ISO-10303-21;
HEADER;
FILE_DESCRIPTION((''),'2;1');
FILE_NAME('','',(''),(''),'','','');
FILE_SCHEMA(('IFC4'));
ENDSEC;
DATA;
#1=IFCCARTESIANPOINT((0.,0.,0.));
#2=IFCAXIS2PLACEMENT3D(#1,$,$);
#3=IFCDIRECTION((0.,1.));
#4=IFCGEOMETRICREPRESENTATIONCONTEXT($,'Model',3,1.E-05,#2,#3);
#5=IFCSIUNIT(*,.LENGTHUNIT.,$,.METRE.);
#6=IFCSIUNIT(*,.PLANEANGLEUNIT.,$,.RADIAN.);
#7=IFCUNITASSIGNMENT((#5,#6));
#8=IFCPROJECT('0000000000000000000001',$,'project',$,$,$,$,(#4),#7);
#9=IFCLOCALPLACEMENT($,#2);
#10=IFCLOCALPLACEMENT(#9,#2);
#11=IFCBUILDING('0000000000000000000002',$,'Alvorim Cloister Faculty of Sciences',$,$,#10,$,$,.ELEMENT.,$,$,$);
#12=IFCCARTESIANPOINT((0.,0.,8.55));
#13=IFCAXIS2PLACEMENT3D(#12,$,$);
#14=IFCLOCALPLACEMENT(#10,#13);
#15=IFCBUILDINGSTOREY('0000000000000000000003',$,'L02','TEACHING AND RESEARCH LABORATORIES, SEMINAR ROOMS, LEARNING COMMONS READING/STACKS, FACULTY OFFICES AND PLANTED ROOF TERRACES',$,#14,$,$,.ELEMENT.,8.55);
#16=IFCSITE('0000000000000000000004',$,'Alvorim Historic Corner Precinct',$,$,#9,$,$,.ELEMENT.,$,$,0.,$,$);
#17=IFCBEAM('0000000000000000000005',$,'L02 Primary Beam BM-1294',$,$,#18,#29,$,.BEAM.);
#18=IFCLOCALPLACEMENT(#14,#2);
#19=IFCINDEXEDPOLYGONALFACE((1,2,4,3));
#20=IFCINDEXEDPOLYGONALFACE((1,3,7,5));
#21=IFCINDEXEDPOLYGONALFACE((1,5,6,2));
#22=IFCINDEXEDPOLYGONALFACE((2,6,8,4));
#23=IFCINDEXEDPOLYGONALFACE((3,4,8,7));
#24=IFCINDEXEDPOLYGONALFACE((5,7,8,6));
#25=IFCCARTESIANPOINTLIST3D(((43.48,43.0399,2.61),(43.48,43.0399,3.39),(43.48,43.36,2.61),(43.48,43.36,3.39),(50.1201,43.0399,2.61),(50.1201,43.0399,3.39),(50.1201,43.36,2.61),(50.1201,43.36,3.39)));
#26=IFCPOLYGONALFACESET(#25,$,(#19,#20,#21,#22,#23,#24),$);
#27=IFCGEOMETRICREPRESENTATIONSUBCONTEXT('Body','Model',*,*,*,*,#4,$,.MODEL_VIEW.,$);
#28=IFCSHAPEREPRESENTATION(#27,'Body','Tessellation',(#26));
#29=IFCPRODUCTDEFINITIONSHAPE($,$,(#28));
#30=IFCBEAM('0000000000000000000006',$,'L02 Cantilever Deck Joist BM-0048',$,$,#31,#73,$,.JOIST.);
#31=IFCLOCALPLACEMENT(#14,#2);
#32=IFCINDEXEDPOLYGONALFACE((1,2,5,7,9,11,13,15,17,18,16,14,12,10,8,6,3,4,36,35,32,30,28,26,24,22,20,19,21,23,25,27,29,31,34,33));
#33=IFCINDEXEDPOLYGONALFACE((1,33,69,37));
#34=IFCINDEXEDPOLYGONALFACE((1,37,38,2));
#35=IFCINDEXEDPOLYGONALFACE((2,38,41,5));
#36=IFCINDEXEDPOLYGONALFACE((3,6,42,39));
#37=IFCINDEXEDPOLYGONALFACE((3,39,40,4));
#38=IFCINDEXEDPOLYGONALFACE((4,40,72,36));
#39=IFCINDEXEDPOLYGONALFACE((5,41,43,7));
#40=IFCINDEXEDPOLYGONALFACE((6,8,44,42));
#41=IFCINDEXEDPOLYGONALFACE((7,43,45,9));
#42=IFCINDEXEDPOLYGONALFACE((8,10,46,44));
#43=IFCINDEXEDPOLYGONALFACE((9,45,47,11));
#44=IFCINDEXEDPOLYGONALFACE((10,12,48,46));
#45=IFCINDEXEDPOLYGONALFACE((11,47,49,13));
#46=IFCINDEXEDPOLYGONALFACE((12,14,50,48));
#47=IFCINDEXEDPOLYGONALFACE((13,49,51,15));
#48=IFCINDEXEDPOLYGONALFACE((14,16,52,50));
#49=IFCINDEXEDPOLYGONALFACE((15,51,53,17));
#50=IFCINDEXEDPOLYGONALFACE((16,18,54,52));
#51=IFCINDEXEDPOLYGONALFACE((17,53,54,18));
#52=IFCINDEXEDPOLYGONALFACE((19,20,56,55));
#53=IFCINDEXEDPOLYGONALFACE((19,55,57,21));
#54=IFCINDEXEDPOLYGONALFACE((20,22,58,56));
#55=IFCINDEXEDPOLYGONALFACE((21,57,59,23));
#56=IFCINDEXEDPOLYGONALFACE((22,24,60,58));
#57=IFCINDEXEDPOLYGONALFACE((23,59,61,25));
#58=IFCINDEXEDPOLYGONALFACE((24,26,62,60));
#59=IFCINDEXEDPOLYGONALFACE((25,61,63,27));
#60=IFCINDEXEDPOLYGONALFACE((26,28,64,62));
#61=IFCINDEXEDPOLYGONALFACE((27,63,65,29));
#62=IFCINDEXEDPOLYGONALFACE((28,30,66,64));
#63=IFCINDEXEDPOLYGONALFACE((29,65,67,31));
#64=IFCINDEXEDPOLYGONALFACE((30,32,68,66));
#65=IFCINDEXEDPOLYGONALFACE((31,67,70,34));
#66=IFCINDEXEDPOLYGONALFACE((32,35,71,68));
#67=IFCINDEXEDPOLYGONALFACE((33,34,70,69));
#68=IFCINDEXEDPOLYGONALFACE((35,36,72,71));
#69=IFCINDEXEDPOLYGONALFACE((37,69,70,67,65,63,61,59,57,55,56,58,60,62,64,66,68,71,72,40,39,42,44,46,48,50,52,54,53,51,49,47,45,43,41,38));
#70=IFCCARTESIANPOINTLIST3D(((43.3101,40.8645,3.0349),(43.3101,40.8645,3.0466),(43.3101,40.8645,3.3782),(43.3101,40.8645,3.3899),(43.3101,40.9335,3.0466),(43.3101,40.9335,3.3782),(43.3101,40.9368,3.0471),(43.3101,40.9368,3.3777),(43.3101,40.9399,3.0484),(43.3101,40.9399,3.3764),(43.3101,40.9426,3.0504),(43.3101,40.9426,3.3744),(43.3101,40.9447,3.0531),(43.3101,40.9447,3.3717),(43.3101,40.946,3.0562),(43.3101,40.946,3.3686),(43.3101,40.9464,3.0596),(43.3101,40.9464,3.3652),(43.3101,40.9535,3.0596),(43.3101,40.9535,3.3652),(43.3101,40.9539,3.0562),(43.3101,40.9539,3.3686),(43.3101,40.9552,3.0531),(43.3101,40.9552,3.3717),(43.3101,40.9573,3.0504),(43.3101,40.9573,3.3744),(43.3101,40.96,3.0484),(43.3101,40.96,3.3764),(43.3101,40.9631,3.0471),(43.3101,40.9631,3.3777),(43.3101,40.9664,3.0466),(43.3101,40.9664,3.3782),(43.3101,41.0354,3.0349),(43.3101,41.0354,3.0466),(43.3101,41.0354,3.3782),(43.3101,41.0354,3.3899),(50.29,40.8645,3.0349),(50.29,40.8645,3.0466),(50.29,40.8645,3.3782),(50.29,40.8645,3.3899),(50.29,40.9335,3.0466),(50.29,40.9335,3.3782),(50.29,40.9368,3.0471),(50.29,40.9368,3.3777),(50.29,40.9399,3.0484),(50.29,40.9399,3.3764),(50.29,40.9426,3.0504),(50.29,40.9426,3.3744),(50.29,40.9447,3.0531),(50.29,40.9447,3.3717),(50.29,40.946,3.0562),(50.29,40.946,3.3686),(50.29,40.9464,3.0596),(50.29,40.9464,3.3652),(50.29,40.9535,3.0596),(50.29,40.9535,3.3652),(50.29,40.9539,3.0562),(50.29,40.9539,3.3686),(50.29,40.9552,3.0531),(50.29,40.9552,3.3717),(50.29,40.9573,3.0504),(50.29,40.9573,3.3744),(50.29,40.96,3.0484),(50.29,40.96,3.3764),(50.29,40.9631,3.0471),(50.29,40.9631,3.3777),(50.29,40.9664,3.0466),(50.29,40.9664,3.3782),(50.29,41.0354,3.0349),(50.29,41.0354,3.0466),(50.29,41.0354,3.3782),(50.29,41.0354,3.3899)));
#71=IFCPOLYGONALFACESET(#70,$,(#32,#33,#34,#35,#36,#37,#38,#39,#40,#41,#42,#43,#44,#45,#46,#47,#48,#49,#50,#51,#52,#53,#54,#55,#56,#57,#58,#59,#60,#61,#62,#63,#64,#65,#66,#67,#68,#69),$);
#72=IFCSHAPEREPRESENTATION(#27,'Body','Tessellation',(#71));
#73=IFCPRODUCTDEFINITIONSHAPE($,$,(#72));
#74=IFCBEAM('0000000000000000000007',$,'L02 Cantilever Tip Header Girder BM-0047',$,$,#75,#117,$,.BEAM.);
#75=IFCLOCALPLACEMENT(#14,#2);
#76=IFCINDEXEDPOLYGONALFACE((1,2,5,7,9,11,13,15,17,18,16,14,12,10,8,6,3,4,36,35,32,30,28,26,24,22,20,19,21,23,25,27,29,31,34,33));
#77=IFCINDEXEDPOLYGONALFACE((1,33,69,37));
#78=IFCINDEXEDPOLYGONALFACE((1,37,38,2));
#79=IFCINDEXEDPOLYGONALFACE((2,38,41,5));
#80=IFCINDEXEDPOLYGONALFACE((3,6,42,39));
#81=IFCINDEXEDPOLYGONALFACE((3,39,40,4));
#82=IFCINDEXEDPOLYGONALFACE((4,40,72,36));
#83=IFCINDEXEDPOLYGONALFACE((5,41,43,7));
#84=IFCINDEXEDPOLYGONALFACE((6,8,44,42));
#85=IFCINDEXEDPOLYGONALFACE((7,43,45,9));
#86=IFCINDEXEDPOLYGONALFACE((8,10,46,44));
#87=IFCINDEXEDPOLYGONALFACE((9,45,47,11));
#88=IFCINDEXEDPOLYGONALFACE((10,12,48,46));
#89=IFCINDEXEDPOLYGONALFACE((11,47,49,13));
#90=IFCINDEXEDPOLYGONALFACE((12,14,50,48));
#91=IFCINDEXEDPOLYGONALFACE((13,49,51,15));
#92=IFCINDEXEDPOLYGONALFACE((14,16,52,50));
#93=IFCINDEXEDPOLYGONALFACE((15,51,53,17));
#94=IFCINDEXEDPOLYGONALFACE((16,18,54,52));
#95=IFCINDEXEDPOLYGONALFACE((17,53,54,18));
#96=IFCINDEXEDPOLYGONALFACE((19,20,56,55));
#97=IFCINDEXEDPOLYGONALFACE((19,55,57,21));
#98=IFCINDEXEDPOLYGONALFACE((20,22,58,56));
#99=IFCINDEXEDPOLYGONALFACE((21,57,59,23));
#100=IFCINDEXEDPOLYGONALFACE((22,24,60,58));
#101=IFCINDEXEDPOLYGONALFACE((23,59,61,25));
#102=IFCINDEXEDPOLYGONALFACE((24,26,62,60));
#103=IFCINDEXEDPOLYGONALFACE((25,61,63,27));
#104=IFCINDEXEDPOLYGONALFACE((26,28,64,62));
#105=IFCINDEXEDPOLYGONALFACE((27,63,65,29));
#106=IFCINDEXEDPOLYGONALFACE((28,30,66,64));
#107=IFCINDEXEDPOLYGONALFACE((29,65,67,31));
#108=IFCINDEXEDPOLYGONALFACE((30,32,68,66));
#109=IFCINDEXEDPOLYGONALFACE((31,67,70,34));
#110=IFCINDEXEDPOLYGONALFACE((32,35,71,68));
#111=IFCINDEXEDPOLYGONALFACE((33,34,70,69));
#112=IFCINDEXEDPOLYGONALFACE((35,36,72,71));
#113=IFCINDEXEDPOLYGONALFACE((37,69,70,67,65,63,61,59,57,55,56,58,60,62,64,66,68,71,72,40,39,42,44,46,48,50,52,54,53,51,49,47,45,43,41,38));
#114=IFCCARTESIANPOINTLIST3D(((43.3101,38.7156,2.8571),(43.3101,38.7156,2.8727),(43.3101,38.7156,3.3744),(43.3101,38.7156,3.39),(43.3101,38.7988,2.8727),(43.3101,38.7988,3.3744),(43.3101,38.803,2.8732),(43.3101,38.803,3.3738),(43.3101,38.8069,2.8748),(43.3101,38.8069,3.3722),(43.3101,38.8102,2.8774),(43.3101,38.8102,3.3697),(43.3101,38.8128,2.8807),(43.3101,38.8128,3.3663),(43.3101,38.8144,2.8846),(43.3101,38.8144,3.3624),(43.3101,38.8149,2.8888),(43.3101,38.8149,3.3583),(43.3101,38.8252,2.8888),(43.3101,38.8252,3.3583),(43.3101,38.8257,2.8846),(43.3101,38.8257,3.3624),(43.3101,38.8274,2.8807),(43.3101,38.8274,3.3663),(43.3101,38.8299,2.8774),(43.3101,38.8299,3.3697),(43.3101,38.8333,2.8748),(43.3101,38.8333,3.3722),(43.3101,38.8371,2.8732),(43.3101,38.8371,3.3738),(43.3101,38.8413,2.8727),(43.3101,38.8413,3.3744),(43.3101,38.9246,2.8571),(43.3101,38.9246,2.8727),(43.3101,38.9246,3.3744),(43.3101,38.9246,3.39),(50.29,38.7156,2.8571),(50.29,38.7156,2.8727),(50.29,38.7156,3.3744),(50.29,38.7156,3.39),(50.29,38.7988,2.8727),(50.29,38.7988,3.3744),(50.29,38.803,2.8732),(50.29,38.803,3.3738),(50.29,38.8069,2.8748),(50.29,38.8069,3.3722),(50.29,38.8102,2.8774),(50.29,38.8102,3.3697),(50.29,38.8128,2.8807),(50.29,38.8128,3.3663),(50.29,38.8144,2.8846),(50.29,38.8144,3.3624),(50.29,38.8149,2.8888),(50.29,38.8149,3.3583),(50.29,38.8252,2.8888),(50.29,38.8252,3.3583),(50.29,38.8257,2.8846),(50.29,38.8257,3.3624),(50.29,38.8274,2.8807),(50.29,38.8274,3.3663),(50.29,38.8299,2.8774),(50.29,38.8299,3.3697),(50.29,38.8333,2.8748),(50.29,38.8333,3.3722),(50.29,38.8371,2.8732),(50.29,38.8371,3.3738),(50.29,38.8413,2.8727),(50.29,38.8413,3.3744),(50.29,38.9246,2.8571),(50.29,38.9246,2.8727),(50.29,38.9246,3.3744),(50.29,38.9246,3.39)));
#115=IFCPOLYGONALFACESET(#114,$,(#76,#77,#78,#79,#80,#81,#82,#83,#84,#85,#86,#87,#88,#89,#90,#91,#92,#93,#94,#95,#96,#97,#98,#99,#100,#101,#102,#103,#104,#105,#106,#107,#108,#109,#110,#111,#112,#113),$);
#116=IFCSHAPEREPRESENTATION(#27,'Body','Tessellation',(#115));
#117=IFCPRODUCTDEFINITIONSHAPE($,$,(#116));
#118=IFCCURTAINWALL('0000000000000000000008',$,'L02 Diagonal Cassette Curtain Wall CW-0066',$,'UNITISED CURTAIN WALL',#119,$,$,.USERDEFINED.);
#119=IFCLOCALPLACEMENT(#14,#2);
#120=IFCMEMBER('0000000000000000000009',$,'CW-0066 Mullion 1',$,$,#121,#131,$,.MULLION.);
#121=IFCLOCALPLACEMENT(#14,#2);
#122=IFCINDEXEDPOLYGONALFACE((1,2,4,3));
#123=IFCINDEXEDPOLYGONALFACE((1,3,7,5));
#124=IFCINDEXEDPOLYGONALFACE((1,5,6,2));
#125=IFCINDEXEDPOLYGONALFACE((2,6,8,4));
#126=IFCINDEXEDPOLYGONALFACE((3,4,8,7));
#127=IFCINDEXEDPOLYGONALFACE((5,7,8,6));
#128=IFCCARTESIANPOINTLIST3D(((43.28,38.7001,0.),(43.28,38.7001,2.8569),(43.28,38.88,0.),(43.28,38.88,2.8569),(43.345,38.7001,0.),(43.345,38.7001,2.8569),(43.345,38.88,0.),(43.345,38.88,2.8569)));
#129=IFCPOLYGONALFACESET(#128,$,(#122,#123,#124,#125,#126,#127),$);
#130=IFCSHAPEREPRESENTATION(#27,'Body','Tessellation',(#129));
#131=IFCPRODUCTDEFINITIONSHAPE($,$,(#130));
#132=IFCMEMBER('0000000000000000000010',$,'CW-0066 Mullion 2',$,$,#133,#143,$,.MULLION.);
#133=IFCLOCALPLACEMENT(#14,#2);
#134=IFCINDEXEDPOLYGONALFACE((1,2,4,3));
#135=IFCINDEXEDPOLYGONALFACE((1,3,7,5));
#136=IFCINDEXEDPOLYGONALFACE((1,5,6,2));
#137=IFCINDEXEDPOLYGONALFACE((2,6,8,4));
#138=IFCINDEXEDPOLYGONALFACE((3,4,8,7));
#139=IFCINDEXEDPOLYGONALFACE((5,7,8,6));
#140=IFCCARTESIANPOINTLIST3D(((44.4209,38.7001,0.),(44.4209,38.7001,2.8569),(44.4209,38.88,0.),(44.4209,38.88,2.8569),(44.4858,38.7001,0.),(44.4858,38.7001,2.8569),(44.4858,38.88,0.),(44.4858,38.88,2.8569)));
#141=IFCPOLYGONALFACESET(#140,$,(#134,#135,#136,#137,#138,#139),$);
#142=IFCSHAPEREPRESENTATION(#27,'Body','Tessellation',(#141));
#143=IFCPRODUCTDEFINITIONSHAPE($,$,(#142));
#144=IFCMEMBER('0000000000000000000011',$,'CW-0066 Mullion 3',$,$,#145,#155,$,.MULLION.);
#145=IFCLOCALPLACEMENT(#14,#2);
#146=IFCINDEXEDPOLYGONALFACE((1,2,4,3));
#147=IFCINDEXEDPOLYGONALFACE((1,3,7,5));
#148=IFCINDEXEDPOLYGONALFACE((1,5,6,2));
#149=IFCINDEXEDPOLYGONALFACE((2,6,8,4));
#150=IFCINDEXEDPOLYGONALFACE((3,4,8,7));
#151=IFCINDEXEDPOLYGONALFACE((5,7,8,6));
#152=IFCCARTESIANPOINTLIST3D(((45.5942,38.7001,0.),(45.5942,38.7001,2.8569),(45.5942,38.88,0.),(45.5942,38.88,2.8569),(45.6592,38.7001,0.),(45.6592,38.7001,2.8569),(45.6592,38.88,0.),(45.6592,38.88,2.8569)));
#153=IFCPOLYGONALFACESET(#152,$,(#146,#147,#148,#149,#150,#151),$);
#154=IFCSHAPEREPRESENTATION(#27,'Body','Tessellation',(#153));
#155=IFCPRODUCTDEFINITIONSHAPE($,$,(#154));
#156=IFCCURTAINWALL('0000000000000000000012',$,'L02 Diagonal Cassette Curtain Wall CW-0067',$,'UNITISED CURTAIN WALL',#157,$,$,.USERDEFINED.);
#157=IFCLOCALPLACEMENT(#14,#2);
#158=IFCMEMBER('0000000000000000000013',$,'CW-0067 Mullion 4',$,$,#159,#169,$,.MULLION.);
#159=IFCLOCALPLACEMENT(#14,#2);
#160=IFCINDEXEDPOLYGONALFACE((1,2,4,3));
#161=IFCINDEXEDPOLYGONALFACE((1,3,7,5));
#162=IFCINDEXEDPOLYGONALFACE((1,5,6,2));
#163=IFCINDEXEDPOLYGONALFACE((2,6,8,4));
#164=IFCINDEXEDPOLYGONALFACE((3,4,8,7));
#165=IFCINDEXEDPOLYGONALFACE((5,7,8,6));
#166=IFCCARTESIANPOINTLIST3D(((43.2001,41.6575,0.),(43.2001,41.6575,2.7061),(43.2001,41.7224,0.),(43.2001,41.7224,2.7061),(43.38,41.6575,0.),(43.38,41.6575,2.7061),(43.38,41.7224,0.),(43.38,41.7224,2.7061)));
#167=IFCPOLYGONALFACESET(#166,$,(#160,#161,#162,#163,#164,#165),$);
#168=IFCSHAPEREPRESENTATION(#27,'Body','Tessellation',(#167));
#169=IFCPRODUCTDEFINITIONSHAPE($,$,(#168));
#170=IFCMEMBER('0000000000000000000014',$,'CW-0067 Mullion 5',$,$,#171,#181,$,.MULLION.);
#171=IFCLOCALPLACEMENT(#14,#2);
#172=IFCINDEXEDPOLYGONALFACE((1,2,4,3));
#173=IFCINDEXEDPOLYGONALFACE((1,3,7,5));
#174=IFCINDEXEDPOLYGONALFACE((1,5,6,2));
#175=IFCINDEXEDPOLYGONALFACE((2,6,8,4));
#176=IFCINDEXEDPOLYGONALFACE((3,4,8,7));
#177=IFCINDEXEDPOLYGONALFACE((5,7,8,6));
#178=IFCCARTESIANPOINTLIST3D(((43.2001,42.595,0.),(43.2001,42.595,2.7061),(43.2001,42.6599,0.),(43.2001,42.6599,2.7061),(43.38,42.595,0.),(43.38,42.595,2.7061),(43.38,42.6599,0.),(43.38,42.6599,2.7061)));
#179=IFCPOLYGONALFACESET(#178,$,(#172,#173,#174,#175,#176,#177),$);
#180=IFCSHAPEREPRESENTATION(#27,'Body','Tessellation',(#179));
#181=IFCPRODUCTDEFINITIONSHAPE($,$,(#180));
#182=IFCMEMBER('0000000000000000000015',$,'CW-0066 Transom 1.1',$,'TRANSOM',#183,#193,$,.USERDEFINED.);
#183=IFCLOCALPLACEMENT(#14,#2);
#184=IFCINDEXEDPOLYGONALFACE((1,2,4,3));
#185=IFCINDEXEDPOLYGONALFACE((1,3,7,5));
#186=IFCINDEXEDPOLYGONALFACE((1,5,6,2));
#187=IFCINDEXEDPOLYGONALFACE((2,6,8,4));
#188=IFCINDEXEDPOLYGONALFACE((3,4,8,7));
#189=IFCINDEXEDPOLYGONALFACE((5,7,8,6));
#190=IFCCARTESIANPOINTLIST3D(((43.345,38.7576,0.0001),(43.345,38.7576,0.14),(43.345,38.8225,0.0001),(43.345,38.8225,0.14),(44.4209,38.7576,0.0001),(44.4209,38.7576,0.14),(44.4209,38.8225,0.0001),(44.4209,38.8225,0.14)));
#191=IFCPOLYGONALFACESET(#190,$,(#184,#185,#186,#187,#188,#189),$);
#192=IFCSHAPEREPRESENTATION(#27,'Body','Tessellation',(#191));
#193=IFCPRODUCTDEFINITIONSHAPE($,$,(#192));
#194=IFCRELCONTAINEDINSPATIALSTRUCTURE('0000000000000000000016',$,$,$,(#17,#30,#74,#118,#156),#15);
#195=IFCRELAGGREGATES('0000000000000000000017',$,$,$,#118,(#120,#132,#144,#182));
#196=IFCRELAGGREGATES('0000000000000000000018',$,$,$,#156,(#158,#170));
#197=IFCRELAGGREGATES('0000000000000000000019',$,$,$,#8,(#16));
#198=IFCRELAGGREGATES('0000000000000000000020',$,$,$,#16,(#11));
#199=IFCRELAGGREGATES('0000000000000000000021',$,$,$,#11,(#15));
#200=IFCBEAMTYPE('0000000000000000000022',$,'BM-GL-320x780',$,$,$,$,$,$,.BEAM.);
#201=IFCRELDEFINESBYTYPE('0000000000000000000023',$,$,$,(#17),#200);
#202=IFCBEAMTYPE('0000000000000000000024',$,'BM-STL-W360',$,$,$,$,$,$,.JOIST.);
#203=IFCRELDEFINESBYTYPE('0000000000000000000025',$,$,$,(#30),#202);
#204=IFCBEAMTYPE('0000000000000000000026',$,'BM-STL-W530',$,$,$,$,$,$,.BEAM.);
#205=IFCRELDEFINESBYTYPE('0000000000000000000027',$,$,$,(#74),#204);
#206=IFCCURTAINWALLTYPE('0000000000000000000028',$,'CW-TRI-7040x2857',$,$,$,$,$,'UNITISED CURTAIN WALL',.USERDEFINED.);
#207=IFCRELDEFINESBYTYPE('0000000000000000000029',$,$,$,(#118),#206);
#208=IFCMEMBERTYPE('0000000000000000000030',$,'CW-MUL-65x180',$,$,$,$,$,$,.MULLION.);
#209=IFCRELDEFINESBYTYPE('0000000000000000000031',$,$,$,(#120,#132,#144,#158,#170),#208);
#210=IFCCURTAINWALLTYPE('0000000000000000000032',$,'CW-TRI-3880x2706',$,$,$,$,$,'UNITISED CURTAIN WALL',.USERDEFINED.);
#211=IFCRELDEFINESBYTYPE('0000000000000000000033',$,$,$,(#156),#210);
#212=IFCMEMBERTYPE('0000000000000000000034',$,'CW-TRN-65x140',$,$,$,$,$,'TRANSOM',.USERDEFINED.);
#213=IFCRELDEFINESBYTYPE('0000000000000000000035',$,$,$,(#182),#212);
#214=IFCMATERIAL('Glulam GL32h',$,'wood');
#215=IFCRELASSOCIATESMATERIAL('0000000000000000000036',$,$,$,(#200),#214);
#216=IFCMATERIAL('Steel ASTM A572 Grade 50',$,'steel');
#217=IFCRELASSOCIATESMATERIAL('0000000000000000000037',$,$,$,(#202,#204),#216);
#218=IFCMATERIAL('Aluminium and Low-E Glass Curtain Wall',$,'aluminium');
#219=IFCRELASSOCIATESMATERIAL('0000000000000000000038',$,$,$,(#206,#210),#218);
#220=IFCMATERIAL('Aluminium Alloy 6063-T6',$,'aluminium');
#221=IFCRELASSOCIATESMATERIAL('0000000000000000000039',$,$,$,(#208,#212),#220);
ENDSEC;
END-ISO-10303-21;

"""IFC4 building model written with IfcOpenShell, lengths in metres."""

from ifc_helpers import new_model, si_unit, direction, frame, origin, origin_2d, place, context, subcontext, project, spatial, rectangle, i_section, extrude, material, material_profile, profile_set, type_object, element, aggregate, save


model = new_model("IFC4")

# Units and contexts
model_context = context("Model", 3, precision=1e-05, world=origin(), true_north=direction((0.0, 1.0)))
body_context = subcontext(model_context, "Body", "Model", "MODEL_VIEW")
ifc_project = project(units=[si_unit("LENGTHUNIT", "METRE"), si_unit("PLANEANGLEUNIT", "RADIAN")], contexts=[model_context])

# Site, building, storey
site_placement = place(None, origin())
site = spatial("IfcSite", under=ifc_project, at=site_placement, Name="Alvorim Historic Corner Precinct", CompositionType="ELEMENT", RefElevation=0.0)
building_placement = place(site_placement, origin())
building = spatial("IfcBuilding", under=site, at=building_placement, Name="Alvorim Cloister Faculty of Sciences", CompositionType="ELEMENT")
storey_placement = place(building_placement, frame((0.0, 0.0, 8.55)))
storey = spatial("IfcBuildingStorey", under=building, at=storey_placement, Name="L02", Description="TEACHING AND RESEARCH LABORATORIES, SEMINAR ROOMS, LEARNING COMMONS READING/STACKS, FACULTY OFFICES AND PLANTED ROOF TERRACES", CompositionType="ELEMENT", Elevation=8.55)

# Beams
ifc_material_1 = material(Name="Glulam GL32h", Category="wood")
ifc_material_profile_1 = material_profile(ifc_material_1, rectangle(XDim=0.3201, YDim=0.78, at=origin_2d()), Name="GL32-BM-320x780")
ifc_profile_set_1 = profile_set([ifc_material_profile_1], Name="Glulam GL32h")
beam_type_1 = type_object("IfcBeamType", Name="BM-GL-320x780", PredefinedType="BEAM", material=ifc_profile_set_1)
beam_1_placement = place(storey_placement, frame((43.48, 43.2, 3.0), z_axis=(1.0, 0.0, 0.0), x_axis=(0.0, 1.0, 0.0)))
element("IfcBeam", 1, at=beam_1_placement, inside=storey, type_object=beam_type_1, Name="L02 Primary Beam BM-1294", PredefinedType="BEAM", context=body_context, shape_type="SweptSolid", body=[
    extrude(rectangle(XDim=0.3201, YDim=0.78, at=origin_2d()), origin(), (0.0, 0.0, 1.0), 6.6401),
])
ifc_material_2 = material(Name="Steel ASTM A572 Grade 50", Category="steel")
ifc_material_profile_2 = material_profile(ifc_material_2, i_section(OverallWidth=0.1709, OverallDepth=0.355, WebThickness=0.0071, FlangeThickness=0.0117, FilletRadius=0.0129, at=origin_2d()), Name="W360x51.0")
ifc_profile_set_2 = profile_set([ifc_material_profile_2], Name="Steel ASTM A572 Grade 50")
beam_type_2 = type_object("IfcBeamType", Name="BM-STL-W360", PredefinedType="JOIST", material=ifc_profile_set_2)
beam_2_placement = place(storey_placement, frame((43.3101, 40.95, 3.2124), z_axis=(1.0, 0.0, 0.0), x_axis=(0.0, 1.0, 0.0)))
element("IfcBeam", 2, at=beam_2_placement, inside=storey, type_object=beam_type_2, Name="L02 Cantilever Deck Joist BM-0048", PredefinedType="JOIST", context=body_context, shape_type="SweptSolid", body=[
    extrude(i_section(OverallWidth=0.1709, OverallDepth=0.355, WebThickness=0.0071, FlangeThickness=0.0117, FilletRadius=0.0129, at=origin_2d()), origin(), (0.0, 0.0, 1.0), 6.98),
])
ifc_material_profile_3 = material_profile(ifc_material_2, i_section(OverallWidth=0.209, OverallDepth=0.533, WebThickness=0.0103, FlangeThickness=0.0156, FilletRadius=0.0161, at=origin_2d()), Name="W530x92.0")
ifc_profile_set_3 = profile_set([ifc_material_profile_3], Name="Steel ASTM A572 Grade 50")
beam_type_3 = type_object("IfcBeamType", Name="BM-STL-W530", PredefinedType="BEAM", material=ifc_profile_set_3)
beam_3_placement = place(storey_placement, frame((43.3101, 38.8201, 3.1235), z_axis=(1.0, 0.0, 0.0), x_axis=(0.0, 1.0, 0.0)))
element("IfcBeam", 3, at=beam_3_placement, inside=storey, type_object=beam_type_3, Name="L02 Cantilever Tip Header Girder BM-0047", PredefinedType="BEAM", context=body_context, shape_type="SweptSolid", body=[
    extrude(i_section(OverallWidth=0.209, OverallDepth=0.533, WebThickness=0.0103, FlangeThickness=0.0156, FilletRadius=0.0161, at=origin_2d()), origin(), (0.0, 0.0, 1.0), 6.98),
])

# Curtain walls, members
ifc_material_3 = material(Name="Aluminium and Low-E Glass Curtain Wall", Category="aluminium")
curtain_wall_type_1 = type_object("IfcCurtainWallType", Name="CW-TRI-7040x2857", ElementType="UNITISED CURTAIN WALL", PredefinedType="USERDEFINED", material=ifc_material_3)
curtain_wall_1_placement = place(storey_placement, origin())
curtain_wall_1 = element("IfcCurtainWall", 4, at=curtain_wall_1_placement, inside=storey, type_object=curtain_wall_type_1, Name="L02 Diagonal Cassette Curtain Wall CW-0066", ObjectType="UNITISED CURTAIN WALL", PredefinedType="USERDEFINED")
ifc_material_4 = material(Name="Aluminium Alloy 6063-T6", Category="aluminium")
ifc_material_profile_4 = material_profile(ifc_material_4, rectangle(XDim=0.0649, YDim=0.1799, at=origin_2d()), Name="ALU-MUL-65x180")
ifc_profile_set_4 = profile_set([ifc_material_profile_4], Name="Aluminium Alloy 6063-T6")
member_type_1 = type_object("IfcMemberType", Name="CW-MUL-65x180", PredefinedType="MULLION", material=ifc_profile_set_4)
member_1_placement = place(storey_placement, frame((43.3125, 38.79, 0.0), z_axis=(0.0, 0.0, 1.0), x_axis=(1.0, 0.0, 0.0)))
member_1 = element("IfcMember", 5, at=member_1_placement, type_object=member_type_1, Name="CW-0066 Mullion 1", PredefinedType="MULLION", context=body_context, shape_type="SweptSolid", body=[
    extrude(rectangle(XDim=0.0649, YDim=0.1799, at=origin_2d()), origin(), (0.0, 0.0, 1.0), 2.8569),
])
member_2_placement = place(storey_placement, frame((44.4534, 38.79, 0.0), z_axis=(0.0, 0.0, 1.0), x_axis=(1.0, 0.0, 0.0)))
member_2 = element("IfcMember", 6, at=member_2_placement, type_object=member_type_1, Name="CW-0066 Mullion 2", PredefinedType="MULLION", context=body_context, shape_type="SweptSolid", body=[
    extrude(rectangle(XDim=0.0649, YDim=0.1799, at=origin_2d()), origin(), (0.0, 0.0, 1.0), 2.8569),
])
member_3_placement = place(storey_placement, frame((45.6267, 38.79, 0.0), z_axis=(0.0, 0.0, 1.0), x_axis=(1.0, 0.0, 0.0)))
member_3 = element("IfcMember", 7, at=member_3_placement, type_object=member_type_1, Name="CW-0066 Mullion 3", PredefinedType="MULLION", context=body_context, shape_type="SweptSolid", body=[
    extrude(rectangle(XDim=0.0649, YDim=0.1799, at=origin_2d()), origin(), (0.0, 0.0, 1.0), 2.8569),
])
curtain_wall_type_2 = type_object("IfcCurtainWallType", Name="CW-TRI-3880x2706", ElementType="UNITISED CURTAIN WALL", PredefinedType="USERDEFINED", material=ifc_material_3)
curtain_wall_2_placement = place(storey_placement, origin())
curtain_wall_2 = element("IfcCurtainWall", 8, at=curtain_wall_2_placement, inside=storey, type_object=curtain_wall_type_2, Name="L02 Diagonal Cassette Curtain Wall CW-0067", ObjectType="UNITISED CURTAIN WALL", PredefinedType="USERDEFINED")
member_4_placement = place(storey_placement, frame((43.29, 41.6899, 0.0), z_axis=(0.0, 0.0, 1.0), x_axis=(0.0, 1.0, 0.0)))
member_4 = element("IfcMember", 9, at=member_4_placement, type_object=member_type_1, Name="CW-0067 Mullion 4", PredefinedType="MULLION", context=body_context, shape_type="SweptSolid", body=[
    extrude(rectangle(XDim=0.0649, YDim=0.1799, at=origin_2d()), origin(), (0.0, 0.0, 1.0), 2.7061),
])
member_5_placement = place(storey_placement, frame((43.29, 42.6274, 0.0), z_axis=(0.0, 0.0, 1.0), x_axis=(0.0, 1.0, 0.0)))
member_5 = element("IfcMember", 10, at=member_5_placement, type_object=member_type_1, Name="CW-0067 Mullion 5", PredefinedType="MULLION", context=body_context, shape_type="SweptSolid", body=[
    extrude(rectangle(XDim=0.0649, YDim=0.1799, at=origin_2d()), origin(), (0.0, 0.0, 1.0), 2.7061),
])

# Member
ifc_material_profile_5 = material_profile(ifc_material_4, rectangle(XDim=0.0649, YDim=0.1399, at=origin_2d()), Name="ALU-TRN-65x140")
ifc_profile_set_5 = profile_set([ifc_material_profile_5], Name="Aluminium Alloy 6063-T6")
member_type_2 = type_object("IfcMemberType", Name="CW-TRN-65x140", ElementType="TRANSOM", PredefinedType="USERDEFINED", material=ifc_profile_set_5)
member_6_placement = place(storey_placement, frame((43.345, 38.79, 0.0701), z_axis=(1.0, 0.0, 0.0), x_axis=(0.0, 1.0, 0.0)))
member_6 = element("IfcMember", 11, at=member_6_placement, type_object=member_type_2, Name="CW-0066 Transom 1.1", ObjectType="TRANSOM", PredefinedType="USERDEFINED", context=body_context, shape_type="SweptSolid", body=[
    extrude(rectangle(XDim=0.0649, YDim=0.1399, at=origin_2d()), origin(), (0.0, 0.0, 1.0), 1.0759),
])
aggregate(curtain_wall_1, [member_1, member_2, member_3, member_6])
aggregate(curtain_wall_2, [member_4, member_5])

save(model, "model.ifc")
